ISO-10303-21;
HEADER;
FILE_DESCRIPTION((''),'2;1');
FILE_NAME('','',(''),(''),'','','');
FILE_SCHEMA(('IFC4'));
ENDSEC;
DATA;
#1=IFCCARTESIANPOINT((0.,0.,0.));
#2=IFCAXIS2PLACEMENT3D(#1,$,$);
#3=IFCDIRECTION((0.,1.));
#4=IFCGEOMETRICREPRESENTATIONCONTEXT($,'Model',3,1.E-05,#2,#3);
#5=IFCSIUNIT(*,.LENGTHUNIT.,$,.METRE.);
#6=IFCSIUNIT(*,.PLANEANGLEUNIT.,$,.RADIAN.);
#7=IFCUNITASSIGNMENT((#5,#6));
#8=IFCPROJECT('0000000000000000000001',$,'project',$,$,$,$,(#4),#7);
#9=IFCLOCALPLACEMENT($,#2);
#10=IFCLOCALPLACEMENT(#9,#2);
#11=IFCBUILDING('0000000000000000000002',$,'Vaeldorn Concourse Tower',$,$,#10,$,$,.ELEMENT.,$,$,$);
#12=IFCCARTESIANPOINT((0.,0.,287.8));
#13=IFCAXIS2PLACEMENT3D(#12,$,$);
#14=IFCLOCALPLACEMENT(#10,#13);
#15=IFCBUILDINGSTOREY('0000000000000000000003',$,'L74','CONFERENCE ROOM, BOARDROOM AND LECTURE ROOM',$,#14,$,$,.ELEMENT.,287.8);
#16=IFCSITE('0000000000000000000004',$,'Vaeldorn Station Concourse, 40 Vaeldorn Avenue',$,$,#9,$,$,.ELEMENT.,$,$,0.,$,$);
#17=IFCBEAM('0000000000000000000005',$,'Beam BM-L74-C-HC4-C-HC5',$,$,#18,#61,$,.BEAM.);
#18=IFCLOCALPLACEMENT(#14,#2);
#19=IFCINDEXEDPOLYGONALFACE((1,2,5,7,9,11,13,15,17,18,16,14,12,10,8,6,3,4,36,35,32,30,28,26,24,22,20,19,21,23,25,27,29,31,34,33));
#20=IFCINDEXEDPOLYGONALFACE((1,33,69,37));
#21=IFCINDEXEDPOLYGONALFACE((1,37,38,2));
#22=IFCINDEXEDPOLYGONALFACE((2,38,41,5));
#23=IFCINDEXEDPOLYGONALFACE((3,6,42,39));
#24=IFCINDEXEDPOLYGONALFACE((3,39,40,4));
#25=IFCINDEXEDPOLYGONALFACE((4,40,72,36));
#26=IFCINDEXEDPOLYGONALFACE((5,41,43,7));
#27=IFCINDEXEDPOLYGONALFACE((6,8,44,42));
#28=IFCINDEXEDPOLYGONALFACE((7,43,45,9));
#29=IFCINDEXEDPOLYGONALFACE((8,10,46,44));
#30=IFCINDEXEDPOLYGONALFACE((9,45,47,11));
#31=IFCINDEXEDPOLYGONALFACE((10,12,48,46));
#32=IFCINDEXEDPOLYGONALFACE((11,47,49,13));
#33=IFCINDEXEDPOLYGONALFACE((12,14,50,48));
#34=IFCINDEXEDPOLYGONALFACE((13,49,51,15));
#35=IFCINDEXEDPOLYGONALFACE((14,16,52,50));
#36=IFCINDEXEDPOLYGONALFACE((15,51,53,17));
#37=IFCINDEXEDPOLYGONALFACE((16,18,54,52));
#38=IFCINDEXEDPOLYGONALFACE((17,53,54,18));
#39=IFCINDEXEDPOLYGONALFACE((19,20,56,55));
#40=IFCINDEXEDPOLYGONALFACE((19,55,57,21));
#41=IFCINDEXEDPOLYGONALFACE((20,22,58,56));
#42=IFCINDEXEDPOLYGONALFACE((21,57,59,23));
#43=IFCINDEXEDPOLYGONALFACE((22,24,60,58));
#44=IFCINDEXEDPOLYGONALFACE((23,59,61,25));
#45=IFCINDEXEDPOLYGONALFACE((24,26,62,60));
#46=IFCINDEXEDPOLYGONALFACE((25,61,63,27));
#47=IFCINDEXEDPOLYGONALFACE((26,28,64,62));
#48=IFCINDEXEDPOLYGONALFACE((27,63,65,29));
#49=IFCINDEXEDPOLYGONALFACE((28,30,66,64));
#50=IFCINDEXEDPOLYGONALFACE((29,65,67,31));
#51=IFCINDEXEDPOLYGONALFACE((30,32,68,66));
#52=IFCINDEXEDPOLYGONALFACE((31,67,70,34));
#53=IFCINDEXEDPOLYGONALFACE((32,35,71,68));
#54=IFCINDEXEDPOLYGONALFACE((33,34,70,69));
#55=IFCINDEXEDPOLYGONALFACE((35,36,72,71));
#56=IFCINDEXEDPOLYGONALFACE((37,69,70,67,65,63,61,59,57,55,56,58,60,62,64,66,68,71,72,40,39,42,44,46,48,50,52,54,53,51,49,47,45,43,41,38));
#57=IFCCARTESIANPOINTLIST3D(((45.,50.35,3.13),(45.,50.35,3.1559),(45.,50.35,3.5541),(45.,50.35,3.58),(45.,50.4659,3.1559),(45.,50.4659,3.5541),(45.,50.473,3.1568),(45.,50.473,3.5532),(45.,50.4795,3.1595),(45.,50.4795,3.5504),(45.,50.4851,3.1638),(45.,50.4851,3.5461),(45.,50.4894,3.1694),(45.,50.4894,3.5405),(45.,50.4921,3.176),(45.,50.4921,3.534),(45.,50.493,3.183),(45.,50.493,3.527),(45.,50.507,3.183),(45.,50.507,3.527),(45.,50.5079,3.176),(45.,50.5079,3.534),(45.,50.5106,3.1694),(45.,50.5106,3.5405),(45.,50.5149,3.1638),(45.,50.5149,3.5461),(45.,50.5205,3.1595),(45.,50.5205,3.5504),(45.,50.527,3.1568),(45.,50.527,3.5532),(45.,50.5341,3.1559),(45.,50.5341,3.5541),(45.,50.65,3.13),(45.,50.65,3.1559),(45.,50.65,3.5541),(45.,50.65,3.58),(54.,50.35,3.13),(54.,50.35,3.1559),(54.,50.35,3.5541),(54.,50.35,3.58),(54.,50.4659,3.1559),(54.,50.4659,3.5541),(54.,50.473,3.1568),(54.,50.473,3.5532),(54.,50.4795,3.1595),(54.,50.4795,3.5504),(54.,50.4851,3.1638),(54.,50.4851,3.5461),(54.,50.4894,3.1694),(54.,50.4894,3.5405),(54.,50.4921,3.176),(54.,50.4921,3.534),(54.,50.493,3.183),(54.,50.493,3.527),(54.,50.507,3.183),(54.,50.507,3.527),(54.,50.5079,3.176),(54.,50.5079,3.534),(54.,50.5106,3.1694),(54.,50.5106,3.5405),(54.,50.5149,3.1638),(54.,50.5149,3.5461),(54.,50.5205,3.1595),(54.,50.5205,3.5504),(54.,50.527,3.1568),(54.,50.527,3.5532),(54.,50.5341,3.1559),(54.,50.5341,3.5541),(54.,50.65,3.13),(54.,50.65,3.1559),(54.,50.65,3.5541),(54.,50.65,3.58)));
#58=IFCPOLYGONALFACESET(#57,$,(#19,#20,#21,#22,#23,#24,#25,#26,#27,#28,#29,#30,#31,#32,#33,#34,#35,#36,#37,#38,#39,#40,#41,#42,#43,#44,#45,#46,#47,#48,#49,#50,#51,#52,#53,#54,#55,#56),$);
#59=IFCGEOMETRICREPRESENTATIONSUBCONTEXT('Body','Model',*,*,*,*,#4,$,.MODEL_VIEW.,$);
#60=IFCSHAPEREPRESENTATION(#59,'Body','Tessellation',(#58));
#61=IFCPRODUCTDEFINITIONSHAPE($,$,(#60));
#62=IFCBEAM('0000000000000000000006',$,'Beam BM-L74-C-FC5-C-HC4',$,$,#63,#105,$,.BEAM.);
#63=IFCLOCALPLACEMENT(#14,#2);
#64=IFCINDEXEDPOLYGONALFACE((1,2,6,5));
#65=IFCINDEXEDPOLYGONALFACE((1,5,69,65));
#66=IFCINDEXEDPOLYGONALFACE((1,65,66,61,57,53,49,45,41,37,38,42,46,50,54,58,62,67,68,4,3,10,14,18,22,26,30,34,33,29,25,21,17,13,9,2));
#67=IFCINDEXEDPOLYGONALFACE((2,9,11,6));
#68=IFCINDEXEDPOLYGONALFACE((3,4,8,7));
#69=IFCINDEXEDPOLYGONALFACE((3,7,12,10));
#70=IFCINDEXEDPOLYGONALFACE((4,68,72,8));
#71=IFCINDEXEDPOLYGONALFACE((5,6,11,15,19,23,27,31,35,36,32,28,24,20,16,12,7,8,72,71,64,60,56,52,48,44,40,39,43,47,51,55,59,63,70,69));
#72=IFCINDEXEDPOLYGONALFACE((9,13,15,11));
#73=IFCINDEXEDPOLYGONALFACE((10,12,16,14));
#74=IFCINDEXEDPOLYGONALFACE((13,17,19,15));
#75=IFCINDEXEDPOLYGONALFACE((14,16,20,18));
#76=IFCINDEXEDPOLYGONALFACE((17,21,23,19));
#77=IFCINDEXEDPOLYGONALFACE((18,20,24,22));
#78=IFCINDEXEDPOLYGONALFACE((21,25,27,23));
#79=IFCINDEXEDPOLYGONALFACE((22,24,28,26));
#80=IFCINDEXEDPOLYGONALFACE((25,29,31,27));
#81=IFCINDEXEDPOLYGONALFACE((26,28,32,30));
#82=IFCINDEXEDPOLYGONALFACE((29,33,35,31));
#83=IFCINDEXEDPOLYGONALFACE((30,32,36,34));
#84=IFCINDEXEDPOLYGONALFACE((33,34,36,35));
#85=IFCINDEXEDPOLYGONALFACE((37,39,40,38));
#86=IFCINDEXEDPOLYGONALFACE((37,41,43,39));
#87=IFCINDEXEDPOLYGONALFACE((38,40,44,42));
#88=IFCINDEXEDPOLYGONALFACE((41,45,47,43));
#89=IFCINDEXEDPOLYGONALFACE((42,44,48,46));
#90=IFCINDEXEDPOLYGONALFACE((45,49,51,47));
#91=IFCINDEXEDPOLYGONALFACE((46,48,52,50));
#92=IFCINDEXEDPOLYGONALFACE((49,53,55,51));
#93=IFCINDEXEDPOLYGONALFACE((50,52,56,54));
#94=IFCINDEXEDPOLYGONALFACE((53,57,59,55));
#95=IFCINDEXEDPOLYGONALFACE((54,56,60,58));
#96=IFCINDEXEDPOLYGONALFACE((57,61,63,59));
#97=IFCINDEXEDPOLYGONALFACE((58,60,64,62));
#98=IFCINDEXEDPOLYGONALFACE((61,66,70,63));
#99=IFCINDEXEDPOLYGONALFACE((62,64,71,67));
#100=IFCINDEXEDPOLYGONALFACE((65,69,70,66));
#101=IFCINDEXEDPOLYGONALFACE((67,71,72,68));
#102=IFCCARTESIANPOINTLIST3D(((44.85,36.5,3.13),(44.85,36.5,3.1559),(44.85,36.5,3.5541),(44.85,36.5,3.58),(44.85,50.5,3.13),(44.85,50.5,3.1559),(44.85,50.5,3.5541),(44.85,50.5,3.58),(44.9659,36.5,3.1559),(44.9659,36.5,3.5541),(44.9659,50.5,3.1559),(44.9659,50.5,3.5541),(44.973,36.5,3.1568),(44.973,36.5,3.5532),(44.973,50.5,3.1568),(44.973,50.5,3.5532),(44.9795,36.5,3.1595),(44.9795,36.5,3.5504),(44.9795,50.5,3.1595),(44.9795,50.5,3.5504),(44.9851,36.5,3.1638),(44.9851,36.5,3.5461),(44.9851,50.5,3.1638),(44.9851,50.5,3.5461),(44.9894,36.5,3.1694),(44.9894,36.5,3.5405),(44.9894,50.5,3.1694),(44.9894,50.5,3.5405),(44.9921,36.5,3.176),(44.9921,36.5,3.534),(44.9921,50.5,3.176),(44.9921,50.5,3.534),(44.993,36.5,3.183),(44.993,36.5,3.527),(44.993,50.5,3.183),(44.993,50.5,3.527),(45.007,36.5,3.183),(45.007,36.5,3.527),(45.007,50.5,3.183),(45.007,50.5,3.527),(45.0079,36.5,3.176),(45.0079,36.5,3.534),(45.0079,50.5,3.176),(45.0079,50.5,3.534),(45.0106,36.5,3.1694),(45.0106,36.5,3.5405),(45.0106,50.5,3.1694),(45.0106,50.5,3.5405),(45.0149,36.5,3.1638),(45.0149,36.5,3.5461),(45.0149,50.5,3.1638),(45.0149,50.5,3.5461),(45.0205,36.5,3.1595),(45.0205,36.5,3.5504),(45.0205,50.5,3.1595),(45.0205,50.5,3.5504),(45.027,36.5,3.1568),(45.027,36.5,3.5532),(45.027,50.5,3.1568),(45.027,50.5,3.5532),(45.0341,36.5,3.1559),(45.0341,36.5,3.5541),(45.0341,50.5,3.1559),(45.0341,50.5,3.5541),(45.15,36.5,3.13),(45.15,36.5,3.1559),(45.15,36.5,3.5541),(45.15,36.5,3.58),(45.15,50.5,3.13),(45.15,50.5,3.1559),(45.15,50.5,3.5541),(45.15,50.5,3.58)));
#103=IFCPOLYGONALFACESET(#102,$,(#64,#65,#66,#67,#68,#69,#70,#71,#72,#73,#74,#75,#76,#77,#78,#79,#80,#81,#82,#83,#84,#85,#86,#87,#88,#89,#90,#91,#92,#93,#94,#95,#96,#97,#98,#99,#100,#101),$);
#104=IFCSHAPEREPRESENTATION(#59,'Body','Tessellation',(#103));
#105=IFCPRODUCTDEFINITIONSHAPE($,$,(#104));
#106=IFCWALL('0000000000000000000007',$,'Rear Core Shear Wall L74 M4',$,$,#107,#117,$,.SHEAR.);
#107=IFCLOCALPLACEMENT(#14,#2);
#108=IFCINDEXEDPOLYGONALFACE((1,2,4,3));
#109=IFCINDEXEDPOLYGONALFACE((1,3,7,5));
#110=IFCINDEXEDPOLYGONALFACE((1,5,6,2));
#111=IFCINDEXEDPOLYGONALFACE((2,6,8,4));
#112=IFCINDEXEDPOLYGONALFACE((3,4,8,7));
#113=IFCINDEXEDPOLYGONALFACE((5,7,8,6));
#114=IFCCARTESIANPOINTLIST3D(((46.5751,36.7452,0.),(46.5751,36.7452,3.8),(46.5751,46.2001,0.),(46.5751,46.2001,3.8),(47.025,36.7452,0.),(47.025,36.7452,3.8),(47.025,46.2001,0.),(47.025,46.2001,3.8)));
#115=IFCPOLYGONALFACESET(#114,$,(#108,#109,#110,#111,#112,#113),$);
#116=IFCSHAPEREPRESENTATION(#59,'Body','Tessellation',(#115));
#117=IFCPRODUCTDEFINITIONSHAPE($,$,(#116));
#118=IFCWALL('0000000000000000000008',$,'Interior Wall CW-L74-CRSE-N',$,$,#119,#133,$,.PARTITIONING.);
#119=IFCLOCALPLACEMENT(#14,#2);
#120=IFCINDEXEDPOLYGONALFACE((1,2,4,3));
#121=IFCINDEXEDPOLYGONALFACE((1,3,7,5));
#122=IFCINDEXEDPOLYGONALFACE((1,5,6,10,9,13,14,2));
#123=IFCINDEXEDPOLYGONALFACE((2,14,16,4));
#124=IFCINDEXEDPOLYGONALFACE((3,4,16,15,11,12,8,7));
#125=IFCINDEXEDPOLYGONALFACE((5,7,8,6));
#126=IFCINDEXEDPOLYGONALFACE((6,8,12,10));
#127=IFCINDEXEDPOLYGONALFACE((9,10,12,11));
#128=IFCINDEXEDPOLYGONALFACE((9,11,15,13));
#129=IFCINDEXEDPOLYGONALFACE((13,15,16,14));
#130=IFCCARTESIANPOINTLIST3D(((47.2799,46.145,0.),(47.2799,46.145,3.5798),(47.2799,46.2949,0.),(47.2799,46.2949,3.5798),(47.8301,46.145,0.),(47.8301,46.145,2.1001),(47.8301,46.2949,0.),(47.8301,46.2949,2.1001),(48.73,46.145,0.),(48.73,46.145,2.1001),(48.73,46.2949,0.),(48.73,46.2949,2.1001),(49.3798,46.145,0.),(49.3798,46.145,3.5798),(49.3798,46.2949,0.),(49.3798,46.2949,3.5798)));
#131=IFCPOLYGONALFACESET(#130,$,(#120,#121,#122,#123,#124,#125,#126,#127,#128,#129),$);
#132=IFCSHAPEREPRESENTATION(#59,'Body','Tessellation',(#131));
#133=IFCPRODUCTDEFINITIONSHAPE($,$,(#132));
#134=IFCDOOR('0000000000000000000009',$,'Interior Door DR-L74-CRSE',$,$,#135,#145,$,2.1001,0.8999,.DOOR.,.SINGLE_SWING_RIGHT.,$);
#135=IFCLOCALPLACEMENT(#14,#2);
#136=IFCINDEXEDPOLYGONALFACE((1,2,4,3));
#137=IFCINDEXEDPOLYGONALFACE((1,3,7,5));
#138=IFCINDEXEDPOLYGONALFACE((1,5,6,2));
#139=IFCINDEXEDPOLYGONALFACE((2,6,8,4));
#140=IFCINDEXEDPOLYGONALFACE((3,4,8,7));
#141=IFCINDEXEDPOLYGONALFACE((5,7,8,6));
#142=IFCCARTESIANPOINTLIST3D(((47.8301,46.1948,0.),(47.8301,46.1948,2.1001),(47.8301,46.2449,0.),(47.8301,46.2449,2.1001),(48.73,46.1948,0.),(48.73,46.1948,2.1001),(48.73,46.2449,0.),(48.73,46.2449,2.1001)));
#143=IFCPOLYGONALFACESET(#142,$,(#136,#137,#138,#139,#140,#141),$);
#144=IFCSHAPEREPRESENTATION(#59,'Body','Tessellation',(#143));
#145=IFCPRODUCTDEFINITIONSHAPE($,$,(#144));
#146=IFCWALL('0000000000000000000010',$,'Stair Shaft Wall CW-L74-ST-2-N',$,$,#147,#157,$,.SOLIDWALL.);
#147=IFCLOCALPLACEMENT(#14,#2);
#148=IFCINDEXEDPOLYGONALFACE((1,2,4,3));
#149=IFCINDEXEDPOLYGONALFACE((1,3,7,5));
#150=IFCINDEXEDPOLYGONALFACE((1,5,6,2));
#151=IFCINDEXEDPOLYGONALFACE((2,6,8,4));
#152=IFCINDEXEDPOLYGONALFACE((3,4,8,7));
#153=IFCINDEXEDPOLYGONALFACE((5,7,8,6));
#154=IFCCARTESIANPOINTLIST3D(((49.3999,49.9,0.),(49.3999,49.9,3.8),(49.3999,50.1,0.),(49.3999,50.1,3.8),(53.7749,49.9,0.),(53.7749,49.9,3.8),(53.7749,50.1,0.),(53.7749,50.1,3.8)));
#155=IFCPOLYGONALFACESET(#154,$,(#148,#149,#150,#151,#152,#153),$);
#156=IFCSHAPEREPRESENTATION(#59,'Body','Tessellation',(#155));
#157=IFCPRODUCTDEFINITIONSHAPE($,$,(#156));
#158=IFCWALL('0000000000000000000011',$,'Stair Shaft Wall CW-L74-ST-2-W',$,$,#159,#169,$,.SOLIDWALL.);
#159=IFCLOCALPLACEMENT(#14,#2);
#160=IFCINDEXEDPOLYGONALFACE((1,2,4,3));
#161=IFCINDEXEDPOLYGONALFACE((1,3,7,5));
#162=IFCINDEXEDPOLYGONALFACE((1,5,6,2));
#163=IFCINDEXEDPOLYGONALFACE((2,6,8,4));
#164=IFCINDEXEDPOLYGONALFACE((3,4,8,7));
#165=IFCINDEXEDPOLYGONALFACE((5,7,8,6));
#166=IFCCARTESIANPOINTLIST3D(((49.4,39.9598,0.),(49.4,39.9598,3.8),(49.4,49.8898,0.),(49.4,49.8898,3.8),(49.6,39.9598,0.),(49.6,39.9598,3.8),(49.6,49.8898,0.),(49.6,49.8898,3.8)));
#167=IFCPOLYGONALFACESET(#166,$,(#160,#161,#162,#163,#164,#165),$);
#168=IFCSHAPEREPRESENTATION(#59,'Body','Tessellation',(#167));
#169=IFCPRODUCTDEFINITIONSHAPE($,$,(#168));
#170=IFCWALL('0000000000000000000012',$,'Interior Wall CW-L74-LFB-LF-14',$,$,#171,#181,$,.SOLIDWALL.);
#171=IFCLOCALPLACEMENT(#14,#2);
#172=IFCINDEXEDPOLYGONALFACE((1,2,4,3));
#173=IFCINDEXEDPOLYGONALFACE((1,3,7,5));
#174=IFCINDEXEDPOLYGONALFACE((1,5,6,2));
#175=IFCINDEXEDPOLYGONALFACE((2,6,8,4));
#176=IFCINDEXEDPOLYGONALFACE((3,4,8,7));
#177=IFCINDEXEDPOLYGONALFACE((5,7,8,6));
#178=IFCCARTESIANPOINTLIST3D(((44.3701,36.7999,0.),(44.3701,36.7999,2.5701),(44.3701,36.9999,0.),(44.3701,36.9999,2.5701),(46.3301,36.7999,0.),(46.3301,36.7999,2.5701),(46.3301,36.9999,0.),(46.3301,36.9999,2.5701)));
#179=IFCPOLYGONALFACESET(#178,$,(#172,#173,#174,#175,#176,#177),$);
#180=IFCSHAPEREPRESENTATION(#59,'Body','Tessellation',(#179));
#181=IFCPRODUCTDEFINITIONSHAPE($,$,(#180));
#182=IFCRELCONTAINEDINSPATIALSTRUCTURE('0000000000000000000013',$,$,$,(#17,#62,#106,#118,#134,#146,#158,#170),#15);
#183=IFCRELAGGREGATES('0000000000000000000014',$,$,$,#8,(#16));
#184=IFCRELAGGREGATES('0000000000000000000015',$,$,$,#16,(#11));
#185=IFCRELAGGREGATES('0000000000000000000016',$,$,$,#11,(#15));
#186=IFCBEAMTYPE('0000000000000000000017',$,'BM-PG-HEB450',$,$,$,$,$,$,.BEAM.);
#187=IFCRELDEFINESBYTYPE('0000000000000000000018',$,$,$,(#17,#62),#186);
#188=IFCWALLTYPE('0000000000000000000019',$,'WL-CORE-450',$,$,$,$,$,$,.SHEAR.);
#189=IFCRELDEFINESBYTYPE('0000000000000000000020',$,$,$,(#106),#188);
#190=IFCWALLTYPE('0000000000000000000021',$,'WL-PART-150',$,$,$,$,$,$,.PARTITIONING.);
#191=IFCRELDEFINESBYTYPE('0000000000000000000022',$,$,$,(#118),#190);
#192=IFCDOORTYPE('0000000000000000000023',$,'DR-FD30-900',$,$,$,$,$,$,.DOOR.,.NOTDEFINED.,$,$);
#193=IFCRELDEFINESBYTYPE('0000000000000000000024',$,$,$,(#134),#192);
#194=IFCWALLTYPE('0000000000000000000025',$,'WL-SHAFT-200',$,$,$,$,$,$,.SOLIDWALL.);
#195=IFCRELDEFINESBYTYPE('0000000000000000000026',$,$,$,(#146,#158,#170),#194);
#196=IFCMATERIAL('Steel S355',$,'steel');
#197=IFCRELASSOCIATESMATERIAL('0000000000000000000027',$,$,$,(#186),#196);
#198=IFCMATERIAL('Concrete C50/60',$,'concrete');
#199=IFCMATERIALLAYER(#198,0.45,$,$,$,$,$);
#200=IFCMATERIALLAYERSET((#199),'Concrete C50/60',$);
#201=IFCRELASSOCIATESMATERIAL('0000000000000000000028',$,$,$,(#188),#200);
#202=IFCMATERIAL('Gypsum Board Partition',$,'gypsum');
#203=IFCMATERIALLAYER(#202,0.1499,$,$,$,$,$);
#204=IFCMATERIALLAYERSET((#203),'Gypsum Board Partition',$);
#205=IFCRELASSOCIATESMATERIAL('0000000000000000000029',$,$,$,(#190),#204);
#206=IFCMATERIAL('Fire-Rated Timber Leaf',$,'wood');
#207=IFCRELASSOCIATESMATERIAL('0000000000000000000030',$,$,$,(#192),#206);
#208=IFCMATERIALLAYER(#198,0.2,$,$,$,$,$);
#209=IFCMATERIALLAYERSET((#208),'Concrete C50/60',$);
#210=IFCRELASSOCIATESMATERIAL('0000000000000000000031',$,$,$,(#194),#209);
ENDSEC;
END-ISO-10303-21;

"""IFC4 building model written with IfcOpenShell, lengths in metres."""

from ifc_helpers import new_model, si_unit, direction, frame, frame_2d, origin, origin_2d, place, context, subcontext, project, spatial, rectangle, i_section, extrude, source, transform, mapped, material, layer, layer_set, material_profile, profile_set, type_object, element, fill, save


model = new_model("IFC4")

# Units and contexts
model_context = context("Model", 3, precision=1e-05, world=origin(), true_north=direction((0.0, 1.0)))
body_context = subcontext(model_context, "Body", "Model", "MODEL_VIEW")
ifc_project = project(units=[si_unit("LENGTHUNIT", "METRE"), si_unit("PLANEANGLEUNIT", "RADIAN")], contexts=[model_context])

# Site, building, storey
site_placement = place(None, origin())
site = spatial("IfcSite", under=ifc_project, at=site_placement, Name="Vaeldorn Station Concourse, 40 Vaeldorn Avenue", CompositionType="ELEMENT", RefElevation=0.0)
building_placement = place(site_placement, origin())
building = spatial("IfcBuilding", under=site, at=building_placement, Name="Vaeldorn Concourse Tower", CompositionType="ELEMENT")
storey_placement = place(building_placement, frame((0.0, 0.0, 287.8)))
storey = spatial("IfcBuildingStorey", under=building, at=storey_placement, Name="L74", Description="CONFERENCE ROOM, BOARDROOM AND LECTURE ROOM", CompositionType="ELEMENT", Elevation=287.8)

# Shared definitions
ifc_material_1 = material(Name="Steel S355", Category="steel")

# Beams
ifc_material_2 = material(Name="Concrete C50/60", Category="concrete")
ifc_material_profile_1 = material_profile(ifc_material_1, i_section(OverallWidth=0.3, OverallDepth=0.45, WebThickness=0.0139, FlangeThickness=0.0259, FilletRadius=0.0271, at=origin_2d()), Name="HEB 450")
ifc_profile_set_1 = profile_set([ifc_material_profile_1], Name="Steel S355")
beam_type_1 = type_object("IfcBeamType", Name="BM-PG-HEB450", PredefinedType="BEAM", material=ifc_profile_set_1)
shared_shape_1 = source(origin(), body_context, "Body", "SweptSolid", [
    extrude(i_section(OverallWidth=0.3, OverallDepth=0.45, WebThickness=0.0139, FlangeThickness=0.0259, FilletRadius=0.0271, at=origin_2d()), origin(), (0.0, 0.0, 1.0), 9.0),
])
beam_1_placement = place(storey_placement, frame((45.0, 50.5, 3.355), z_axis=(1.0, 0.0, 0.0), x_axis=(0.0, 1.0, 0.0)))
element("IfcBeam", 1, at=beam_1_placement, inside=storey, type_object=beam_type_1, Name="Beam BM-L74-C-HC4-C-HC5", PredefinedType="BEAM", context=body_context, shape_type="MappedRepresentation", body=[
    mapped(shared_shape_1, transform((0.0, 0.0, 0.0), scale=1.0)),
])
shared_shape_2 = source(origin(), body_context, "Body", "SweptSolid", [
    extrude(i_section(OverallWidth=0.3, OverallDepth=0.45, WebThickness=0.0139, FlangeThickness=0.0259, FilletRadius=0.0271, at=origin_2d()), origin(), (0.0, 0.0, 1.0), 14.0),
])
beam_2_placement = place(storey_placement, frame((45.0, 36.5, 3.355), z_axis=(0.0, 1.0, 0.0), x_axis=(-1.0, 0.0, 0.0)))
element("IfcBeam", 2, at=beam_2_placement, inside=storey, type_object=beam_type_1, Name="Beam BM-L74-C-FC5-C-HC4", PredefinedType="BEAM", context=body_context, shape_type="MappedRepresentation", body=[
    mapped(shared_shape_2, transform((0.0, 0.0, 0.0), scale=1.0)),
])

# Wall
ifc_layer_1 = layer(ifc_material_2, 0.45)
ifc_layer_set_1 = layer_set([ifc_layer_1], Name="Concrete C50/60")
wall_type_1 = type_object("IfcWallType", Name="WL-CORE-450", PredefinedType="SHEAR", material=ifc_layer_set_1)
wall_1_placement = place(storey_placement, frame((46.8, 36.7451, 0.0), z_axis=(0.0, 0.0, 1.0), x_axis=(0.0, 1.0, 0.0)))
element("IfcWall", 3, at=wall_1_placement, inside=storey, type_object=wall_type_1, Name="Rear Core Shear Wall L74 M4", PredefinedType="SHEAR", context=body_context, shape_type="SweptSolid", body=[
    extrude(rectangle(XDim=9.4548, YDim=0.45, at=frame_2d((4.7275, 0.0))), origin(), (0.0, 0.0, 1.0), 3.8),
])

# Wall, opening, door
ifc_material_3 = material(Name="Gypsum Board Partition", Category="gypsum")
ifc_layer_2 = layer(ifc_material_3, 0.1499)
ifc_layer_set_2 = layer_set([ifc_layer_2], Name="Gypsum Board Partition")
wall_type_2 = type_object("IfcWallType", Name="WL-PART-150", PredefinedType="PARTITIONING", material=ifc_layer_set_2)
wall_2_placement = place(storey_placement, frame((47.28, 46.22, 0.0), z_axis=(0.0, 0.0, 1.0), x_axis=(1.0, 0.0, 0.0)))
wall_2 = element("IfcWall", 4, at=wall_2_placement, inside=storey, type_object=wall_type_2, Name="Interior Wall CW-L74-CRSE-N", PredefinedType="PARTITIONING", context=body_context, shape_type="SweptSolid", body=[
    extrude(rectangle(XDim=2.0999, YDim=0.1499, at=frame_2d((1.0498, 0.0))), origin(), (0.0, 0.0, 1.0), 3.5798),
])
opening_1_placement = place(wall_2_placement, frame((0.55, 0.0, 0.0)))
opening_1 = element("IfcOpeningElement", 5, at=opening_1_placement, cuts=wall_2, PredefinedType="OPENING", context=body_context, shape_type="SweptSolid", body=[
    extrude(rectangle(XDim=0.8999, YDim=2.1001, at=frame_2d((0.45, 1.05))), frame((0.0, 0.085, 0.0), z_axis=(0.0, -1.0, 0.0), x_axis=(1.0, 0.0, 0.0)), (0.0, 0.0, 1.0), 0.1699),
])
ifc_material_4 = material(Name="Fire-Rated Timber Leaf", Category="wood")
door_type_1 = type_object("IfcDoorType", Name="DR-FD30-900", OperationType="NOTDEFINED", PredefinedType="DOOR", material=ifc_material_4)
shared_shape_3 = source(origin(), body_context, "Body", "SweptSolid", [
    extrude(rectangle(XDim=0.8999, YDim=2.1001, at=frame_2d((0.45, 1.05))), frame((0.0, 0.0249, 0.0), z_axis=(0.0, -1.0, 0.0), x_axis=(1.0, 0.0, 0.0)), (0.0, 0.0, 1.0), 0.05),
])
door_1_placement = place(opening_1_placement, origin())
door_1 = element("IfcDoor", 6, at=door_1_placement, inside=storey, type_object=door_type_1, Name="Interior Door DR-L74-CRSE", OperationType="SINGLE_SWING_RIGHT", OverallHeight=2.1001, OverallWidth=0.8999, PredefinedType="DOOR", context=body_context, shape_type="MappedRepresentation", body=[
    mapped(shared_shape_3, transform((0.0, 0.0, 0.0), scale=1.0)),
])
fill(opening_1, door_1)
ifc_layer_3 = layer(ifc_material_2, 0.2)
ifc_layer_set_3 = layer_set([ifc_layer_3], Name="Concrete C50/60")
wall_type_3 = type_object("IfcWallType", Name="WL-SHAFT-200", PredefinedType="SOLIDWALL", material=ifc_layer_set_3)

# Walls
wall_3_placement = place(storey_placement, frame((49.3999, 50.0, 0.0), z_axis=(0.0, 0.0, 1.0), x_axis=(1.0, 0.0, 0.0)))
element("IfcWall", 7, at=wall_3_placement, inside=storey, type_object=wall_type_3, Name="Stair Shaft Wall CW-L74-ST-2-N", PredefinedType="SOLIDWALL", context=body_context, shape_type="SweptSolid", body=[
    extrude(rectangle(XDim=4.375, YDim=0.2, at=frame_2d((2.1875, 0.0))), origin(), (0.0, 0.0, 1.0), 3.8),
])
wall_4_placement = place(storey_placement, frame((49.5, 39.96, 0.0), z_axis=(0.0, 0.0, 1.0), x_axis=(0.0, 1.0, 0.0)))
element("IfcWall", 8, at=wall_4_placement, inside=storey, type_object=wall_type_3, Name="Stair Shaft Wall CW-L74-ST-2-W", PredefinedType="SOLIDWALL", context=body_context, shape_type="SweptSolid", body=[
    extrude(rectangle(XDim=9.9299, YDim=0.2, at=frame_2d((4.9648, 0.0))), origin(), (0.0, 0.0, 1.0), 3.8),
])

# Wall
wall_5_placement = place(storey_placement, frame((44.3701, 36.8999, 0.0), z_axis=(0.0, 0.0, 1.0), x_axis=(1.0, 0.0, 0.0)))
element("IfcWall", 9, at=wall_5_placement, inside=storey, type_object=wall_type_3, Name="Interior Wall CW-L74-LFB-LF-14", PredefinedType="SOLIDWALL", context=body_context, shape_type="SweptSolid", body=[
    extrude(rectangle(XDim=1.96, YDim=0.2, at=frame_2d((0.98, 0.0))), origin(), (0.0, 0.0, 1.0), 2.5701),
])

save(model, "model.ifc")
